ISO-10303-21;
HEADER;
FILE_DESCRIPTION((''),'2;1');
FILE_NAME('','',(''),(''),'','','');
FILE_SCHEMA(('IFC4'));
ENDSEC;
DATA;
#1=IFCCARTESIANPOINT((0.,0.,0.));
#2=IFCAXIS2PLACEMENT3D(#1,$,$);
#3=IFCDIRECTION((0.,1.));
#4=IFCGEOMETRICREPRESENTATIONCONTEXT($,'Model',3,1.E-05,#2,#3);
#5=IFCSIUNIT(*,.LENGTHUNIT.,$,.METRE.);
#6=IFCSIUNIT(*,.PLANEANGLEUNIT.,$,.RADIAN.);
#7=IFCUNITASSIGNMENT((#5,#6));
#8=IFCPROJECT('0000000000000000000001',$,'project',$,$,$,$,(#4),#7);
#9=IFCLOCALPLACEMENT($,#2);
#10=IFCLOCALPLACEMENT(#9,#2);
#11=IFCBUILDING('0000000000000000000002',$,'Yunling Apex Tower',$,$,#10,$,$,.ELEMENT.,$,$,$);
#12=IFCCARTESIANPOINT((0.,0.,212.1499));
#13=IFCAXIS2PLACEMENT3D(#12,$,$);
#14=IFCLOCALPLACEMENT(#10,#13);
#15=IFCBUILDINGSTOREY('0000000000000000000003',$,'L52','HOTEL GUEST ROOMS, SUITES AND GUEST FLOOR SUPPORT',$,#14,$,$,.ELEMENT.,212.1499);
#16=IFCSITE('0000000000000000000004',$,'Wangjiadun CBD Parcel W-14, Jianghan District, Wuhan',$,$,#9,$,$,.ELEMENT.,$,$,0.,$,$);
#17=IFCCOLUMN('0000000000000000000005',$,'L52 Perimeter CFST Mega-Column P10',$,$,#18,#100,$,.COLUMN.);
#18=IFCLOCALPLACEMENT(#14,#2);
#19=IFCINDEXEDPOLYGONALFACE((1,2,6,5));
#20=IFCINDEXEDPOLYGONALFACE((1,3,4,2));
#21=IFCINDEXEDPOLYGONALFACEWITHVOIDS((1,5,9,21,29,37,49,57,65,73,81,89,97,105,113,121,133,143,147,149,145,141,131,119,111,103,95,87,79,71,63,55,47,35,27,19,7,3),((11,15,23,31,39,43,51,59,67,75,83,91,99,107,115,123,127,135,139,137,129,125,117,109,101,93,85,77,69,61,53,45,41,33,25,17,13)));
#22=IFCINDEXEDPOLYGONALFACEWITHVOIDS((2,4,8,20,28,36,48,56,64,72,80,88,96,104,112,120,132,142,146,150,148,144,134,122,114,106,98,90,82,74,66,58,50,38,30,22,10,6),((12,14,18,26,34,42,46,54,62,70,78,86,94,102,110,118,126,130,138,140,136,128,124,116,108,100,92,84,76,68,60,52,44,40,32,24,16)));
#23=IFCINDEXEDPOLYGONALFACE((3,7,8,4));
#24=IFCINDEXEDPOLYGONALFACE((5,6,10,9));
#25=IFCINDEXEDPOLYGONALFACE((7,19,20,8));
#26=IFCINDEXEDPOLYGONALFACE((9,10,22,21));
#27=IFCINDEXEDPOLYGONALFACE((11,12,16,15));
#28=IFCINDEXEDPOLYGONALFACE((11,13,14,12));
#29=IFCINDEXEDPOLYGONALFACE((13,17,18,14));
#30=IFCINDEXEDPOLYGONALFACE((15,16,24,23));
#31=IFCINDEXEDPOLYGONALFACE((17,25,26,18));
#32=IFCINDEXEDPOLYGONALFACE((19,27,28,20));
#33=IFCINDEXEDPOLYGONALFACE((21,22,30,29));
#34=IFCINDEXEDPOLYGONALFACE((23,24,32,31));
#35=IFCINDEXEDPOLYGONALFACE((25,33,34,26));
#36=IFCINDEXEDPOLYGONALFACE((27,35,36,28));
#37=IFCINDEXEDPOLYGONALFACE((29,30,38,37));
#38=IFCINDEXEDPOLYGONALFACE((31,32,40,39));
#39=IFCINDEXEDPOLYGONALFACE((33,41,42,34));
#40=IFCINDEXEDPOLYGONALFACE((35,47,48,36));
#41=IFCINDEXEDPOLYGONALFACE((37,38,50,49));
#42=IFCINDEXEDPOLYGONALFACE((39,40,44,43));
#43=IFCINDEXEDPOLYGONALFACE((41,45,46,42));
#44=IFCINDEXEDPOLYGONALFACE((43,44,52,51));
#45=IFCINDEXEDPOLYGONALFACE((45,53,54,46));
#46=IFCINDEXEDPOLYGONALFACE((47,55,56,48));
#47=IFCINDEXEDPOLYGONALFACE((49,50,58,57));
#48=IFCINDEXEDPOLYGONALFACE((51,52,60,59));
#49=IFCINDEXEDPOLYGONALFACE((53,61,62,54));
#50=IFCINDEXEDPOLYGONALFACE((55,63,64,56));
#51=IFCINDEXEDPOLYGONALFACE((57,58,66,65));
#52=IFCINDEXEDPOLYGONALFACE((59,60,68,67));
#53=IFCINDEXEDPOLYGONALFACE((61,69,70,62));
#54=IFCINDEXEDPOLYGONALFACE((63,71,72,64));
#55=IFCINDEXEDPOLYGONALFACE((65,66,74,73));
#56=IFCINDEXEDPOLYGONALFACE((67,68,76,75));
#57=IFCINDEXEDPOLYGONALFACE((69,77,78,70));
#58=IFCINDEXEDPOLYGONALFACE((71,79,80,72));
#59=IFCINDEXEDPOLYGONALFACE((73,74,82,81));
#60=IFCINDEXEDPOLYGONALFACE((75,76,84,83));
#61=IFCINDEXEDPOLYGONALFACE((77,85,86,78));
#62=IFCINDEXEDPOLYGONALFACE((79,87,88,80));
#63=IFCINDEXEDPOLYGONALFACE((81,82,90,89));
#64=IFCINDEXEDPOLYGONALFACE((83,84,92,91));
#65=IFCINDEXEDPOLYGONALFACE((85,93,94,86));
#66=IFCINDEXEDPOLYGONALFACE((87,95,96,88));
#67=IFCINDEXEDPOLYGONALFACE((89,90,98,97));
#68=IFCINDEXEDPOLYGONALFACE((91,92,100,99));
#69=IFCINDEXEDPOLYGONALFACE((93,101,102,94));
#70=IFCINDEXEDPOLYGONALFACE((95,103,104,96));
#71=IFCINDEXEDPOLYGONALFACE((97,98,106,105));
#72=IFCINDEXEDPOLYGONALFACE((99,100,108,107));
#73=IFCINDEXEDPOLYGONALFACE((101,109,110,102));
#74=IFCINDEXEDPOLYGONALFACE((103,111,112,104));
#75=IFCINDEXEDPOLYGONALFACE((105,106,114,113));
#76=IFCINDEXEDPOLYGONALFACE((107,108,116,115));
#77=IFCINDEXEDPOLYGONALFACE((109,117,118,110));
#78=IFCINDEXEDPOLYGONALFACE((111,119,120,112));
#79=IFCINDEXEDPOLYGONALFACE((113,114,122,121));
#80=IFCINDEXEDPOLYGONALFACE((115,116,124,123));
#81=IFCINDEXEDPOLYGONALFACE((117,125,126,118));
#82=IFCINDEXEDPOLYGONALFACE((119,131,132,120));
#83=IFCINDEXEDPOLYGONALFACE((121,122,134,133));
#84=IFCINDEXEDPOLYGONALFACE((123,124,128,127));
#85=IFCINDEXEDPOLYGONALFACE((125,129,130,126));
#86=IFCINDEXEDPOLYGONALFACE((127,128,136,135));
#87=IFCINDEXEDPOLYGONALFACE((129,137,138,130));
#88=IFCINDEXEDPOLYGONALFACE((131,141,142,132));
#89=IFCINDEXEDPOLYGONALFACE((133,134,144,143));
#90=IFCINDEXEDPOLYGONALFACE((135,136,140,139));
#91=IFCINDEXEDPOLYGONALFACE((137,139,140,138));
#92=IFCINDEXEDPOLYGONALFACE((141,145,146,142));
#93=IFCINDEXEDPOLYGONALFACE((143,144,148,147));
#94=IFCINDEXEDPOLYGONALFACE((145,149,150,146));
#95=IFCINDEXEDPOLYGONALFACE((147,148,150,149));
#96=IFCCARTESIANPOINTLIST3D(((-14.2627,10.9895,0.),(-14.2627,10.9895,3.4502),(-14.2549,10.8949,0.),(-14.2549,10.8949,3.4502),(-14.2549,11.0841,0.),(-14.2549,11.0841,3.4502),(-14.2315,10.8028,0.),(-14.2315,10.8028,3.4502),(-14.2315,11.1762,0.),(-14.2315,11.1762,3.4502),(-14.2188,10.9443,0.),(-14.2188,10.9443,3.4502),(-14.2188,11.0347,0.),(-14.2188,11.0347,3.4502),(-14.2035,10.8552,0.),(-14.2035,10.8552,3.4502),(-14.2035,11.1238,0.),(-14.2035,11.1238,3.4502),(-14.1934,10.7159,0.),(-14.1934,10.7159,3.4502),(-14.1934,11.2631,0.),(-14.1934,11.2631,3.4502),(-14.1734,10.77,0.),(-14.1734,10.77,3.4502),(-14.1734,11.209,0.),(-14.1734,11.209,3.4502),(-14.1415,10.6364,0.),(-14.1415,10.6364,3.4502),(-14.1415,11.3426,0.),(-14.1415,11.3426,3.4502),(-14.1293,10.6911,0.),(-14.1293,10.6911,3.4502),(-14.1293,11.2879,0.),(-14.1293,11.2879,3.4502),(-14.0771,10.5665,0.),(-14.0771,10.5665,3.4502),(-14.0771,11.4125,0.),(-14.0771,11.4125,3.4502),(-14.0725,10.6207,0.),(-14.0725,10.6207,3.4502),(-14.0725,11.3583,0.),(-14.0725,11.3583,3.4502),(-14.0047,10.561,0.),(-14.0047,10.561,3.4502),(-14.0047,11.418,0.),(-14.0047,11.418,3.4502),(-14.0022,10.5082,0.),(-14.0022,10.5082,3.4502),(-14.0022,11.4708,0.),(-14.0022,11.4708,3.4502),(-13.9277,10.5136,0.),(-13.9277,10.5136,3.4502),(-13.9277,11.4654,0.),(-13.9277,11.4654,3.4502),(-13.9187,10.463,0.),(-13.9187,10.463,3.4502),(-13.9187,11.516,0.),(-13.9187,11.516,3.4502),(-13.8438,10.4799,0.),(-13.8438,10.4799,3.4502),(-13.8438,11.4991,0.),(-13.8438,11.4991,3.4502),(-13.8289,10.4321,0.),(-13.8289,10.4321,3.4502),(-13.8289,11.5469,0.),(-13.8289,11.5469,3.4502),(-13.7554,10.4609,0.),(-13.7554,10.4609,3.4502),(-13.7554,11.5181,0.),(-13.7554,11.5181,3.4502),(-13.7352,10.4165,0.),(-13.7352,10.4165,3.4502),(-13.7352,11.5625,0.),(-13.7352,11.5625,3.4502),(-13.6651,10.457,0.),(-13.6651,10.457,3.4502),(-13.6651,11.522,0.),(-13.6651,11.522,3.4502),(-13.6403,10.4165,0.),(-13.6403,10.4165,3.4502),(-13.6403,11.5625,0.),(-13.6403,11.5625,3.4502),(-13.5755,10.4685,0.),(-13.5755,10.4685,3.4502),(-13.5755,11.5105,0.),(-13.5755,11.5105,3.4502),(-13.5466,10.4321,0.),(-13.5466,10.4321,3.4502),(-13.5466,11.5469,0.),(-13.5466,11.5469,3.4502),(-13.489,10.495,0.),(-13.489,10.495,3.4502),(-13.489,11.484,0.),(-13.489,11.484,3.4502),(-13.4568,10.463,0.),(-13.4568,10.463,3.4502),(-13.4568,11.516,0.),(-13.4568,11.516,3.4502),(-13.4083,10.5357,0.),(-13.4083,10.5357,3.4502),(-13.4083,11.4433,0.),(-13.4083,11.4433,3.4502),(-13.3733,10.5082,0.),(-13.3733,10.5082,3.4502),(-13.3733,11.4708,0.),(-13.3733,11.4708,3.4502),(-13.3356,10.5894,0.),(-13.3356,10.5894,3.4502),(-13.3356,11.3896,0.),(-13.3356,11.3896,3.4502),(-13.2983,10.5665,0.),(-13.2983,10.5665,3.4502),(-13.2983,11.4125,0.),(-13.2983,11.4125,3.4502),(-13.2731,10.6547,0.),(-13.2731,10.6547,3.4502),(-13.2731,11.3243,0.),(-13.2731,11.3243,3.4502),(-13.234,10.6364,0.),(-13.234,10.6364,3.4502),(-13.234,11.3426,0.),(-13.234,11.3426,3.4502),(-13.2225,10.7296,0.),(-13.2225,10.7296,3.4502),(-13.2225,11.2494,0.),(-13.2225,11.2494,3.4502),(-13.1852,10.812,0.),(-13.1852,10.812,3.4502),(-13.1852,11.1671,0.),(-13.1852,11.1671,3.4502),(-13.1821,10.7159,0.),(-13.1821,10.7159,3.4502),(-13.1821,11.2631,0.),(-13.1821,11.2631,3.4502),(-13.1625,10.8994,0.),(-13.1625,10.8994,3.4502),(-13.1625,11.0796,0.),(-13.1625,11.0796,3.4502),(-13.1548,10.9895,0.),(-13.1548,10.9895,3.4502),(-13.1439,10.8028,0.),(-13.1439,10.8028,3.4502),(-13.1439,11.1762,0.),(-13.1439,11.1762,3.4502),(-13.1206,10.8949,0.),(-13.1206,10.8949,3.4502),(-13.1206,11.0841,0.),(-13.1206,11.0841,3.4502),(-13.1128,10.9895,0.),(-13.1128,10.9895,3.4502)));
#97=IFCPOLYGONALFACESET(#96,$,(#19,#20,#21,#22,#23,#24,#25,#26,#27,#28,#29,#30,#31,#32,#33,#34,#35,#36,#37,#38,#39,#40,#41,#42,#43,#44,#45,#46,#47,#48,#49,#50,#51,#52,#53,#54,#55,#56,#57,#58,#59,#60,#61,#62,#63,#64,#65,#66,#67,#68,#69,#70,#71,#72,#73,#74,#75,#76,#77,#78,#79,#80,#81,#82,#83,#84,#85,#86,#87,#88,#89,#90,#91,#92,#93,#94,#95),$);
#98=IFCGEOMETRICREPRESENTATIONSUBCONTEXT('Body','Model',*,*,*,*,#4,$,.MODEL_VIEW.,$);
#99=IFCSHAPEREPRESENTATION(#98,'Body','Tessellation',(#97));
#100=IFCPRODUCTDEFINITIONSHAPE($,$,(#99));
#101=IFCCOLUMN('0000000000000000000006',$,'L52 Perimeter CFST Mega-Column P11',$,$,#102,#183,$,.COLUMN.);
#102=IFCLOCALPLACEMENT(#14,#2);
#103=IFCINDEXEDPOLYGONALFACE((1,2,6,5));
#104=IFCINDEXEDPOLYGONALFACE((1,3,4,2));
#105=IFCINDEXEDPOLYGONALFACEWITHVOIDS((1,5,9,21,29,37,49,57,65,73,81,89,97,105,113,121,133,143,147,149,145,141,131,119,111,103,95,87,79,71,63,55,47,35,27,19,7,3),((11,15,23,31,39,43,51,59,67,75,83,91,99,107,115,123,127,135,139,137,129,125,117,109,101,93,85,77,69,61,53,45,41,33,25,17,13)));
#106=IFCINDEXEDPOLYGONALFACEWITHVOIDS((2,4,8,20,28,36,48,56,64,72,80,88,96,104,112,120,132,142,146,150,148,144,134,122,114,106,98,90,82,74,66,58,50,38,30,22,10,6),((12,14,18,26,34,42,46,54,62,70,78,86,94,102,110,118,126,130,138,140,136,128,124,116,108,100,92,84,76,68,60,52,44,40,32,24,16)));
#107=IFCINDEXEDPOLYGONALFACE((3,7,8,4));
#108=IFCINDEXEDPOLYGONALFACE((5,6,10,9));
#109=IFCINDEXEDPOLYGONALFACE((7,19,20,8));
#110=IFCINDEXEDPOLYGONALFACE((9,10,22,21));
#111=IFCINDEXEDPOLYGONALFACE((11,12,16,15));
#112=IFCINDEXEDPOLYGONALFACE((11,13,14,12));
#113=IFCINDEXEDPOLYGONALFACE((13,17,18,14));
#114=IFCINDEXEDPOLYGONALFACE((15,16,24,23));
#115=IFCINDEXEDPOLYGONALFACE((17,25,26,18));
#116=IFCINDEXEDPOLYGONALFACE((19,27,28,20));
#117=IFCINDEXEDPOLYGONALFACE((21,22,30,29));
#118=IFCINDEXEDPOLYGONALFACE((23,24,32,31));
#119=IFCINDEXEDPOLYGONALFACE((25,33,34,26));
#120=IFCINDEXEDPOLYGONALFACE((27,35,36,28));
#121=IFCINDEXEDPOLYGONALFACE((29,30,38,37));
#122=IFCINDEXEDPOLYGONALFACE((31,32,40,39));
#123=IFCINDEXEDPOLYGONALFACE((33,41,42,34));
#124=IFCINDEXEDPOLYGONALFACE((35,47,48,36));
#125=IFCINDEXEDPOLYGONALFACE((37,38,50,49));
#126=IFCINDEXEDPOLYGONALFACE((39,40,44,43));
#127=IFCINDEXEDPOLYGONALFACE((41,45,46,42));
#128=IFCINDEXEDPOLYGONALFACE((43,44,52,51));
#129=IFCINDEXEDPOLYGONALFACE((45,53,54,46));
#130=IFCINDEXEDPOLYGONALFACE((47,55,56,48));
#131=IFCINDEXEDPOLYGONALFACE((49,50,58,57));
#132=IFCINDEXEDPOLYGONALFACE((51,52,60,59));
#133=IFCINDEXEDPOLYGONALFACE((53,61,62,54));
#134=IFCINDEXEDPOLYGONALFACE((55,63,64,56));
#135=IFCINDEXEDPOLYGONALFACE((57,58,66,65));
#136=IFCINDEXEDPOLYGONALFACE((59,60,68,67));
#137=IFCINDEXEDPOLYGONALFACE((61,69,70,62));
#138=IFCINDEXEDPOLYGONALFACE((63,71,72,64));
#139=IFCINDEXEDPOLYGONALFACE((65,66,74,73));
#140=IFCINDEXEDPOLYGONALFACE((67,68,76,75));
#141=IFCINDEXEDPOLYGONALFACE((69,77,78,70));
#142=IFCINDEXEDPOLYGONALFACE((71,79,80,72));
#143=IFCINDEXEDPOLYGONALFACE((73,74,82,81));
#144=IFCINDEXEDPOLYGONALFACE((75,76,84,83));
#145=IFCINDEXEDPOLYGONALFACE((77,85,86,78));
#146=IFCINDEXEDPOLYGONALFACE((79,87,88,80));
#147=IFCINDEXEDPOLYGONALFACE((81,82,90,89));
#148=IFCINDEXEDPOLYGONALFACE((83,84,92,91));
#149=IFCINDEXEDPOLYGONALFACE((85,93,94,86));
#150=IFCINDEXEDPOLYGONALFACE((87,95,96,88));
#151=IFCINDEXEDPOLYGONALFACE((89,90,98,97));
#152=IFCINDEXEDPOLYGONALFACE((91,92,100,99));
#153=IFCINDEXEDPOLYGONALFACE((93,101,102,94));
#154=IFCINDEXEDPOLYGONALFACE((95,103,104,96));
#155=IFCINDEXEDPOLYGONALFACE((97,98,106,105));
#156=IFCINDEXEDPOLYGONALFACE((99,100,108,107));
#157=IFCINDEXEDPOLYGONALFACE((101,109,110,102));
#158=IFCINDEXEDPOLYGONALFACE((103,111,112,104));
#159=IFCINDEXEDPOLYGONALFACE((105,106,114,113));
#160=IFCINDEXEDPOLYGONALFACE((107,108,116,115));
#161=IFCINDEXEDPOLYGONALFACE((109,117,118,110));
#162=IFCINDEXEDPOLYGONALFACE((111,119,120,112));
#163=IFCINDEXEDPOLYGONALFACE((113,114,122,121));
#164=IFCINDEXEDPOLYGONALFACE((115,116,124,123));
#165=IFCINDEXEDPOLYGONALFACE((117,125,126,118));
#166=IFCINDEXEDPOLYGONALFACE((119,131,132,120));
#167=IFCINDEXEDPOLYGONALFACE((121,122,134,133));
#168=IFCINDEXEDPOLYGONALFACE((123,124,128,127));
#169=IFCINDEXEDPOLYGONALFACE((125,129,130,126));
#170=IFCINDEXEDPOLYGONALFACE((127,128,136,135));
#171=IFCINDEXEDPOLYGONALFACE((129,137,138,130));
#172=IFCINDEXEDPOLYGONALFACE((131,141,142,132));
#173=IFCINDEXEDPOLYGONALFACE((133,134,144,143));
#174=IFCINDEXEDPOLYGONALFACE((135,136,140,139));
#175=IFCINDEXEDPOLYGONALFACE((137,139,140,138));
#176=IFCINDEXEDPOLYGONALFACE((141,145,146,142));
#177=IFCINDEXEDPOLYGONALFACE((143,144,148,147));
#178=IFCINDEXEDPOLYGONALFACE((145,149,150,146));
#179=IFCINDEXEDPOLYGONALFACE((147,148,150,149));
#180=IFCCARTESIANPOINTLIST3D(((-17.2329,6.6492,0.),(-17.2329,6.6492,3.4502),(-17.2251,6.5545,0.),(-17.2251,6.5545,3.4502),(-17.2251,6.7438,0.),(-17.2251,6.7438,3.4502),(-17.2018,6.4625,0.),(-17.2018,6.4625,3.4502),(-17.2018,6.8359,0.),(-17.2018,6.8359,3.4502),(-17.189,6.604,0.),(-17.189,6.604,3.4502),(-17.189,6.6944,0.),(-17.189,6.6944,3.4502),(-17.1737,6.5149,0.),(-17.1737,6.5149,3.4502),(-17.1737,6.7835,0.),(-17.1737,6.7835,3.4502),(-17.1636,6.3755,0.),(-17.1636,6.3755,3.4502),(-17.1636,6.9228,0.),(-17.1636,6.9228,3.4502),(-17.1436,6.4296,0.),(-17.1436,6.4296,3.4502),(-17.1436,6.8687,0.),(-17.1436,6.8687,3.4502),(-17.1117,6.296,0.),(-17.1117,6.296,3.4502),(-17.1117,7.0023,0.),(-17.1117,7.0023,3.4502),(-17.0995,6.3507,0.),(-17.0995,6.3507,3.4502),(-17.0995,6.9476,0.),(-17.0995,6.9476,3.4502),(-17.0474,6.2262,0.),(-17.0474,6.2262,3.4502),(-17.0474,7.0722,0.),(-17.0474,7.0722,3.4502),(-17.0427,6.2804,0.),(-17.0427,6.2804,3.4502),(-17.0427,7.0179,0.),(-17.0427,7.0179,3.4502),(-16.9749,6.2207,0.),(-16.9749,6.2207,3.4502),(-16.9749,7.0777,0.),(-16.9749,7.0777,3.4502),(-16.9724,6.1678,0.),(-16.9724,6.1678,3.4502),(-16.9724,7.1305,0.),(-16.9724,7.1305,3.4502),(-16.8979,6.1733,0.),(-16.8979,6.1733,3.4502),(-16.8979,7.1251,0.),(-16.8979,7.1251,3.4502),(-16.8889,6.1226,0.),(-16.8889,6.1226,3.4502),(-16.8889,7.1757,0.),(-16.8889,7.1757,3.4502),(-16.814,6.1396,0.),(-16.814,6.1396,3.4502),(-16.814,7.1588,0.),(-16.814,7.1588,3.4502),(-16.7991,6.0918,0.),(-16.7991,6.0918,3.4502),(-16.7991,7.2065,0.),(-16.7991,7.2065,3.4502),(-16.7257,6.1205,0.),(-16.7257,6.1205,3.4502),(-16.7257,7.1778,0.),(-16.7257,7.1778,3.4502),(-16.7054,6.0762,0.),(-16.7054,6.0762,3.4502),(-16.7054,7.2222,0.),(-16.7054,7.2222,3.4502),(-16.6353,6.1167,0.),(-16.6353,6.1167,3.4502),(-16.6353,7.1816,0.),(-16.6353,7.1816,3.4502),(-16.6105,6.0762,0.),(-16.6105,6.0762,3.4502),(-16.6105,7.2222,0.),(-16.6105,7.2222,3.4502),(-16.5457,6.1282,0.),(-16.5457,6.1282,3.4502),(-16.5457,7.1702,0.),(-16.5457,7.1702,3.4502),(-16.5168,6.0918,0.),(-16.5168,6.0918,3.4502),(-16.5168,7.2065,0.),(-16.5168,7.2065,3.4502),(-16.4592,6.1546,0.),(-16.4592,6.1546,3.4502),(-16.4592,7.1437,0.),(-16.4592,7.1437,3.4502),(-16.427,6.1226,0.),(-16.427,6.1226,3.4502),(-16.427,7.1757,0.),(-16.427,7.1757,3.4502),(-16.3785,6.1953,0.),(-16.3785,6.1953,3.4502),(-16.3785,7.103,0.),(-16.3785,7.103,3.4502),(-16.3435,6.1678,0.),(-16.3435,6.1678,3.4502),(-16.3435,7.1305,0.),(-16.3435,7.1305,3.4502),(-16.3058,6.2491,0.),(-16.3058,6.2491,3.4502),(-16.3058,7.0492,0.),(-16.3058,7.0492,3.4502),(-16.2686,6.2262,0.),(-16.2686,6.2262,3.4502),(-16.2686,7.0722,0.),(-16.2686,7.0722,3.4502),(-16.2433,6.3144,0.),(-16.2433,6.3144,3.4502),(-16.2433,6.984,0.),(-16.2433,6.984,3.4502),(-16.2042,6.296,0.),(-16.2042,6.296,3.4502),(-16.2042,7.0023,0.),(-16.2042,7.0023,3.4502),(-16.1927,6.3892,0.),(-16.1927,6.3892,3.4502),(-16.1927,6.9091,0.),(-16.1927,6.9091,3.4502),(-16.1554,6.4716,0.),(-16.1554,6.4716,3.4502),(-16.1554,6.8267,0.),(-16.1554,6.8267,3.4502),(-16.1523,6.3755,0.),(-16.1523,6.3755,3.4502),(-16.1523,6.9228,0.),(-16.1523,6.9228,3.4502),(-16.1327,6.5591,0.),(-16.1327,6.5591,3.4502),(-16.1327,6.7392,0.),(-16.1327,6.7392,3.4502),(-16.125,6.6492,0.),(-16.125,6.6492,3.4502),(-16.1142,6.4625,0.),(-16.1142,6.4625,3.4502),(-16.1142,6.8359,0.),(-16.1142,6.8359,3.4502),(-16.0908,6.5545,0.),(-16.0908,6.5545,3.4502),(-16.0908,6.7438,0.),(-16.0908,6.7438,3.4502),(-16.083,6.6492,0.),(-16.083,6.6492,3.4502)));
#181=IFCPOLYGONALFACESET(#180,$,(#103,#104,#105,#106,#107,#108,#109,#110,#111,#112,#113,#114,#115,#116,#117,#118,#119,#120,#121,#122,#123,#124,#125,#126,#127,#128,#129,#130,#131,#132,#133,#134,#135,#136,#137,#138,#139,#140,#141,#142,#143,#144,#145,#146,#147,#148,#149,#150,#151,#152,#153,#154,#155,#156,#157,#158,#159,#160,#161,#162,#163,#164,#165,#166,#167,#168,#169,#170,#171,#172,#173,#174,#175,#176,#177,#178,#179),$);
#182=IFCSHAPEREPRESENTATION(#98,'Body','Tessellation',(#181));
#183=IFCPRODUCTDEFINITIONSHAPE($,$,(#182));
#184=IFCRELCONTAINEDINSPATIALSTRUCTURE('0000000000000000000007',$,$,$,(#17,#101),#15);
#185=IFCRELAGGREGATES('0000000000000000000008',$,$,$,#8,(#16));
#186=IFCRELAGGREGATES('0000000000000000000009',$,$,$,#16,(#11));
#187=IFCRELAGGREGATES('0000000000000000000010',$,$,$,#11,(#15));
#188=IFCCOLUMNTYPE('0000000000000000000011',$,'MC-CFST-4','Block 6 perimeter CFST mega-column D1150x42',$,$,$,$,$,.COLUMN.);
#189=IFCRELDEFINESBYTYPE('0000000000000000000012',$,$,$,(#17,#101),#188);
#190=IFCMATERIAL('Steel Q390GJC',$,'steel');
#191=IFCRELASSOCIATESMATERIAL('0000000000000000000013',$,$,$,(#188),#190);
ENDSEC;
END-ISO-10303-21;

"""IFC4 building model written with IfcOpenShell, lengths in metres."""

from ifc_helpers import new_model, si_unit, direction, frame, origin, origin_2d, place, context, subcontext, project, spatial, hollow_circle, extrude, source, transform, mapped, material, material_profile, profile_set, type_object, element, save


model = new_model("IFC4")

# Units and contexts
model_context = context("Model", 3, precision=1e-05, world=origin(), true_north=direction((0.0, 1.0)))
body_context = subcontext(model_context, "Body", "Model", "MODEL_VIEW")
ifc_project = project(units=[si_unit("LENGTHUNIT", "METRE"), si_unit("PLANEANGLEUNIT", "RADIAN")], contexts=[model_context])

# Site, building, storey
site_placement = place(None, origin())
site = spatial("IfcSite", under=ifc_project, at=site_placement, Name="Wangjiadun CBD Parcel W-14, Jianghan District, Wuhan", CompositionType="ELEMENT", RefElevation=0.0)
building_placement = place(site_placement, origin())
building = spatial("IfcBuilding", under=site, at=building_placement, Name="Yunling Apex Tower", CompositionType="ELEMENT")
storey_placement = place(building_placement, frame((0.0, 0.0, 212.1499)))
storey = spatial("IfcBuildingStorey", under=building, at=storey_placement, Name="L52", Description="HOTEL GUEST ROOMS, SUITES AND GUEST FLOOR SUPPORT", CompositionType="ELEMENT", Elevation=212.1499)

# Columns
ifc_material_1 = material(Name="Steel Q390GJC", Category="steel")
ifc_material_profile_1 = material_profile(ifc_material_1, hollow_circle(Radius=0.575, WallThickness=0.042, at=origin_2d()))
ifc_profile_set_1 = profile_set([ifc_material_profile_1], Name="Steel Q390GJC")
column_type = type_object("IfcColumnType", Name="MC-CFST-4", Description="Block 6 perimeter CFST mega-column D1150x42", PredefinedType="COLUMN", material=ifc_profile_set_1)
shared_shape_1 = source(origin(), body_context, "Body", "SweptSolid", [
    extrude(hollow_circle(Radius=0.575, WallThickness=0.042, at=origin_2d()), origin(), (0.0, 0.0, 1.0), 3.4502),
])
for number, where, z_axis, x_axis, name in (
    (1, (-13.6877, 10.9895, 0.0), (0.0, 0.0, 1.0), (1.0, 0.0, 0.0), "L52 Perimeter CFST Mega-Column P10"),
    (2, (-16.658, 6.6492, 0.0), (0.0, 0.0, 1.0), (1.0, 0.0, 0.0), "L52 Perimeter CFST Mega-Column P11"),
):
    element("IfcColumn", number, at=place(storey_placement, frame(where, z_axis=z_axis, x_axis=x_axis)), inside=storey, type_object=column_type, Name=name, PredefinedType="COLUMN", context=body_context, shape_type="MappedRepresentation", body=[
        mapped(shared_shape_1, transform((0.0, 0.0, 0.0), scale=1.0)),
    ])

save(model, "model.ifc")
